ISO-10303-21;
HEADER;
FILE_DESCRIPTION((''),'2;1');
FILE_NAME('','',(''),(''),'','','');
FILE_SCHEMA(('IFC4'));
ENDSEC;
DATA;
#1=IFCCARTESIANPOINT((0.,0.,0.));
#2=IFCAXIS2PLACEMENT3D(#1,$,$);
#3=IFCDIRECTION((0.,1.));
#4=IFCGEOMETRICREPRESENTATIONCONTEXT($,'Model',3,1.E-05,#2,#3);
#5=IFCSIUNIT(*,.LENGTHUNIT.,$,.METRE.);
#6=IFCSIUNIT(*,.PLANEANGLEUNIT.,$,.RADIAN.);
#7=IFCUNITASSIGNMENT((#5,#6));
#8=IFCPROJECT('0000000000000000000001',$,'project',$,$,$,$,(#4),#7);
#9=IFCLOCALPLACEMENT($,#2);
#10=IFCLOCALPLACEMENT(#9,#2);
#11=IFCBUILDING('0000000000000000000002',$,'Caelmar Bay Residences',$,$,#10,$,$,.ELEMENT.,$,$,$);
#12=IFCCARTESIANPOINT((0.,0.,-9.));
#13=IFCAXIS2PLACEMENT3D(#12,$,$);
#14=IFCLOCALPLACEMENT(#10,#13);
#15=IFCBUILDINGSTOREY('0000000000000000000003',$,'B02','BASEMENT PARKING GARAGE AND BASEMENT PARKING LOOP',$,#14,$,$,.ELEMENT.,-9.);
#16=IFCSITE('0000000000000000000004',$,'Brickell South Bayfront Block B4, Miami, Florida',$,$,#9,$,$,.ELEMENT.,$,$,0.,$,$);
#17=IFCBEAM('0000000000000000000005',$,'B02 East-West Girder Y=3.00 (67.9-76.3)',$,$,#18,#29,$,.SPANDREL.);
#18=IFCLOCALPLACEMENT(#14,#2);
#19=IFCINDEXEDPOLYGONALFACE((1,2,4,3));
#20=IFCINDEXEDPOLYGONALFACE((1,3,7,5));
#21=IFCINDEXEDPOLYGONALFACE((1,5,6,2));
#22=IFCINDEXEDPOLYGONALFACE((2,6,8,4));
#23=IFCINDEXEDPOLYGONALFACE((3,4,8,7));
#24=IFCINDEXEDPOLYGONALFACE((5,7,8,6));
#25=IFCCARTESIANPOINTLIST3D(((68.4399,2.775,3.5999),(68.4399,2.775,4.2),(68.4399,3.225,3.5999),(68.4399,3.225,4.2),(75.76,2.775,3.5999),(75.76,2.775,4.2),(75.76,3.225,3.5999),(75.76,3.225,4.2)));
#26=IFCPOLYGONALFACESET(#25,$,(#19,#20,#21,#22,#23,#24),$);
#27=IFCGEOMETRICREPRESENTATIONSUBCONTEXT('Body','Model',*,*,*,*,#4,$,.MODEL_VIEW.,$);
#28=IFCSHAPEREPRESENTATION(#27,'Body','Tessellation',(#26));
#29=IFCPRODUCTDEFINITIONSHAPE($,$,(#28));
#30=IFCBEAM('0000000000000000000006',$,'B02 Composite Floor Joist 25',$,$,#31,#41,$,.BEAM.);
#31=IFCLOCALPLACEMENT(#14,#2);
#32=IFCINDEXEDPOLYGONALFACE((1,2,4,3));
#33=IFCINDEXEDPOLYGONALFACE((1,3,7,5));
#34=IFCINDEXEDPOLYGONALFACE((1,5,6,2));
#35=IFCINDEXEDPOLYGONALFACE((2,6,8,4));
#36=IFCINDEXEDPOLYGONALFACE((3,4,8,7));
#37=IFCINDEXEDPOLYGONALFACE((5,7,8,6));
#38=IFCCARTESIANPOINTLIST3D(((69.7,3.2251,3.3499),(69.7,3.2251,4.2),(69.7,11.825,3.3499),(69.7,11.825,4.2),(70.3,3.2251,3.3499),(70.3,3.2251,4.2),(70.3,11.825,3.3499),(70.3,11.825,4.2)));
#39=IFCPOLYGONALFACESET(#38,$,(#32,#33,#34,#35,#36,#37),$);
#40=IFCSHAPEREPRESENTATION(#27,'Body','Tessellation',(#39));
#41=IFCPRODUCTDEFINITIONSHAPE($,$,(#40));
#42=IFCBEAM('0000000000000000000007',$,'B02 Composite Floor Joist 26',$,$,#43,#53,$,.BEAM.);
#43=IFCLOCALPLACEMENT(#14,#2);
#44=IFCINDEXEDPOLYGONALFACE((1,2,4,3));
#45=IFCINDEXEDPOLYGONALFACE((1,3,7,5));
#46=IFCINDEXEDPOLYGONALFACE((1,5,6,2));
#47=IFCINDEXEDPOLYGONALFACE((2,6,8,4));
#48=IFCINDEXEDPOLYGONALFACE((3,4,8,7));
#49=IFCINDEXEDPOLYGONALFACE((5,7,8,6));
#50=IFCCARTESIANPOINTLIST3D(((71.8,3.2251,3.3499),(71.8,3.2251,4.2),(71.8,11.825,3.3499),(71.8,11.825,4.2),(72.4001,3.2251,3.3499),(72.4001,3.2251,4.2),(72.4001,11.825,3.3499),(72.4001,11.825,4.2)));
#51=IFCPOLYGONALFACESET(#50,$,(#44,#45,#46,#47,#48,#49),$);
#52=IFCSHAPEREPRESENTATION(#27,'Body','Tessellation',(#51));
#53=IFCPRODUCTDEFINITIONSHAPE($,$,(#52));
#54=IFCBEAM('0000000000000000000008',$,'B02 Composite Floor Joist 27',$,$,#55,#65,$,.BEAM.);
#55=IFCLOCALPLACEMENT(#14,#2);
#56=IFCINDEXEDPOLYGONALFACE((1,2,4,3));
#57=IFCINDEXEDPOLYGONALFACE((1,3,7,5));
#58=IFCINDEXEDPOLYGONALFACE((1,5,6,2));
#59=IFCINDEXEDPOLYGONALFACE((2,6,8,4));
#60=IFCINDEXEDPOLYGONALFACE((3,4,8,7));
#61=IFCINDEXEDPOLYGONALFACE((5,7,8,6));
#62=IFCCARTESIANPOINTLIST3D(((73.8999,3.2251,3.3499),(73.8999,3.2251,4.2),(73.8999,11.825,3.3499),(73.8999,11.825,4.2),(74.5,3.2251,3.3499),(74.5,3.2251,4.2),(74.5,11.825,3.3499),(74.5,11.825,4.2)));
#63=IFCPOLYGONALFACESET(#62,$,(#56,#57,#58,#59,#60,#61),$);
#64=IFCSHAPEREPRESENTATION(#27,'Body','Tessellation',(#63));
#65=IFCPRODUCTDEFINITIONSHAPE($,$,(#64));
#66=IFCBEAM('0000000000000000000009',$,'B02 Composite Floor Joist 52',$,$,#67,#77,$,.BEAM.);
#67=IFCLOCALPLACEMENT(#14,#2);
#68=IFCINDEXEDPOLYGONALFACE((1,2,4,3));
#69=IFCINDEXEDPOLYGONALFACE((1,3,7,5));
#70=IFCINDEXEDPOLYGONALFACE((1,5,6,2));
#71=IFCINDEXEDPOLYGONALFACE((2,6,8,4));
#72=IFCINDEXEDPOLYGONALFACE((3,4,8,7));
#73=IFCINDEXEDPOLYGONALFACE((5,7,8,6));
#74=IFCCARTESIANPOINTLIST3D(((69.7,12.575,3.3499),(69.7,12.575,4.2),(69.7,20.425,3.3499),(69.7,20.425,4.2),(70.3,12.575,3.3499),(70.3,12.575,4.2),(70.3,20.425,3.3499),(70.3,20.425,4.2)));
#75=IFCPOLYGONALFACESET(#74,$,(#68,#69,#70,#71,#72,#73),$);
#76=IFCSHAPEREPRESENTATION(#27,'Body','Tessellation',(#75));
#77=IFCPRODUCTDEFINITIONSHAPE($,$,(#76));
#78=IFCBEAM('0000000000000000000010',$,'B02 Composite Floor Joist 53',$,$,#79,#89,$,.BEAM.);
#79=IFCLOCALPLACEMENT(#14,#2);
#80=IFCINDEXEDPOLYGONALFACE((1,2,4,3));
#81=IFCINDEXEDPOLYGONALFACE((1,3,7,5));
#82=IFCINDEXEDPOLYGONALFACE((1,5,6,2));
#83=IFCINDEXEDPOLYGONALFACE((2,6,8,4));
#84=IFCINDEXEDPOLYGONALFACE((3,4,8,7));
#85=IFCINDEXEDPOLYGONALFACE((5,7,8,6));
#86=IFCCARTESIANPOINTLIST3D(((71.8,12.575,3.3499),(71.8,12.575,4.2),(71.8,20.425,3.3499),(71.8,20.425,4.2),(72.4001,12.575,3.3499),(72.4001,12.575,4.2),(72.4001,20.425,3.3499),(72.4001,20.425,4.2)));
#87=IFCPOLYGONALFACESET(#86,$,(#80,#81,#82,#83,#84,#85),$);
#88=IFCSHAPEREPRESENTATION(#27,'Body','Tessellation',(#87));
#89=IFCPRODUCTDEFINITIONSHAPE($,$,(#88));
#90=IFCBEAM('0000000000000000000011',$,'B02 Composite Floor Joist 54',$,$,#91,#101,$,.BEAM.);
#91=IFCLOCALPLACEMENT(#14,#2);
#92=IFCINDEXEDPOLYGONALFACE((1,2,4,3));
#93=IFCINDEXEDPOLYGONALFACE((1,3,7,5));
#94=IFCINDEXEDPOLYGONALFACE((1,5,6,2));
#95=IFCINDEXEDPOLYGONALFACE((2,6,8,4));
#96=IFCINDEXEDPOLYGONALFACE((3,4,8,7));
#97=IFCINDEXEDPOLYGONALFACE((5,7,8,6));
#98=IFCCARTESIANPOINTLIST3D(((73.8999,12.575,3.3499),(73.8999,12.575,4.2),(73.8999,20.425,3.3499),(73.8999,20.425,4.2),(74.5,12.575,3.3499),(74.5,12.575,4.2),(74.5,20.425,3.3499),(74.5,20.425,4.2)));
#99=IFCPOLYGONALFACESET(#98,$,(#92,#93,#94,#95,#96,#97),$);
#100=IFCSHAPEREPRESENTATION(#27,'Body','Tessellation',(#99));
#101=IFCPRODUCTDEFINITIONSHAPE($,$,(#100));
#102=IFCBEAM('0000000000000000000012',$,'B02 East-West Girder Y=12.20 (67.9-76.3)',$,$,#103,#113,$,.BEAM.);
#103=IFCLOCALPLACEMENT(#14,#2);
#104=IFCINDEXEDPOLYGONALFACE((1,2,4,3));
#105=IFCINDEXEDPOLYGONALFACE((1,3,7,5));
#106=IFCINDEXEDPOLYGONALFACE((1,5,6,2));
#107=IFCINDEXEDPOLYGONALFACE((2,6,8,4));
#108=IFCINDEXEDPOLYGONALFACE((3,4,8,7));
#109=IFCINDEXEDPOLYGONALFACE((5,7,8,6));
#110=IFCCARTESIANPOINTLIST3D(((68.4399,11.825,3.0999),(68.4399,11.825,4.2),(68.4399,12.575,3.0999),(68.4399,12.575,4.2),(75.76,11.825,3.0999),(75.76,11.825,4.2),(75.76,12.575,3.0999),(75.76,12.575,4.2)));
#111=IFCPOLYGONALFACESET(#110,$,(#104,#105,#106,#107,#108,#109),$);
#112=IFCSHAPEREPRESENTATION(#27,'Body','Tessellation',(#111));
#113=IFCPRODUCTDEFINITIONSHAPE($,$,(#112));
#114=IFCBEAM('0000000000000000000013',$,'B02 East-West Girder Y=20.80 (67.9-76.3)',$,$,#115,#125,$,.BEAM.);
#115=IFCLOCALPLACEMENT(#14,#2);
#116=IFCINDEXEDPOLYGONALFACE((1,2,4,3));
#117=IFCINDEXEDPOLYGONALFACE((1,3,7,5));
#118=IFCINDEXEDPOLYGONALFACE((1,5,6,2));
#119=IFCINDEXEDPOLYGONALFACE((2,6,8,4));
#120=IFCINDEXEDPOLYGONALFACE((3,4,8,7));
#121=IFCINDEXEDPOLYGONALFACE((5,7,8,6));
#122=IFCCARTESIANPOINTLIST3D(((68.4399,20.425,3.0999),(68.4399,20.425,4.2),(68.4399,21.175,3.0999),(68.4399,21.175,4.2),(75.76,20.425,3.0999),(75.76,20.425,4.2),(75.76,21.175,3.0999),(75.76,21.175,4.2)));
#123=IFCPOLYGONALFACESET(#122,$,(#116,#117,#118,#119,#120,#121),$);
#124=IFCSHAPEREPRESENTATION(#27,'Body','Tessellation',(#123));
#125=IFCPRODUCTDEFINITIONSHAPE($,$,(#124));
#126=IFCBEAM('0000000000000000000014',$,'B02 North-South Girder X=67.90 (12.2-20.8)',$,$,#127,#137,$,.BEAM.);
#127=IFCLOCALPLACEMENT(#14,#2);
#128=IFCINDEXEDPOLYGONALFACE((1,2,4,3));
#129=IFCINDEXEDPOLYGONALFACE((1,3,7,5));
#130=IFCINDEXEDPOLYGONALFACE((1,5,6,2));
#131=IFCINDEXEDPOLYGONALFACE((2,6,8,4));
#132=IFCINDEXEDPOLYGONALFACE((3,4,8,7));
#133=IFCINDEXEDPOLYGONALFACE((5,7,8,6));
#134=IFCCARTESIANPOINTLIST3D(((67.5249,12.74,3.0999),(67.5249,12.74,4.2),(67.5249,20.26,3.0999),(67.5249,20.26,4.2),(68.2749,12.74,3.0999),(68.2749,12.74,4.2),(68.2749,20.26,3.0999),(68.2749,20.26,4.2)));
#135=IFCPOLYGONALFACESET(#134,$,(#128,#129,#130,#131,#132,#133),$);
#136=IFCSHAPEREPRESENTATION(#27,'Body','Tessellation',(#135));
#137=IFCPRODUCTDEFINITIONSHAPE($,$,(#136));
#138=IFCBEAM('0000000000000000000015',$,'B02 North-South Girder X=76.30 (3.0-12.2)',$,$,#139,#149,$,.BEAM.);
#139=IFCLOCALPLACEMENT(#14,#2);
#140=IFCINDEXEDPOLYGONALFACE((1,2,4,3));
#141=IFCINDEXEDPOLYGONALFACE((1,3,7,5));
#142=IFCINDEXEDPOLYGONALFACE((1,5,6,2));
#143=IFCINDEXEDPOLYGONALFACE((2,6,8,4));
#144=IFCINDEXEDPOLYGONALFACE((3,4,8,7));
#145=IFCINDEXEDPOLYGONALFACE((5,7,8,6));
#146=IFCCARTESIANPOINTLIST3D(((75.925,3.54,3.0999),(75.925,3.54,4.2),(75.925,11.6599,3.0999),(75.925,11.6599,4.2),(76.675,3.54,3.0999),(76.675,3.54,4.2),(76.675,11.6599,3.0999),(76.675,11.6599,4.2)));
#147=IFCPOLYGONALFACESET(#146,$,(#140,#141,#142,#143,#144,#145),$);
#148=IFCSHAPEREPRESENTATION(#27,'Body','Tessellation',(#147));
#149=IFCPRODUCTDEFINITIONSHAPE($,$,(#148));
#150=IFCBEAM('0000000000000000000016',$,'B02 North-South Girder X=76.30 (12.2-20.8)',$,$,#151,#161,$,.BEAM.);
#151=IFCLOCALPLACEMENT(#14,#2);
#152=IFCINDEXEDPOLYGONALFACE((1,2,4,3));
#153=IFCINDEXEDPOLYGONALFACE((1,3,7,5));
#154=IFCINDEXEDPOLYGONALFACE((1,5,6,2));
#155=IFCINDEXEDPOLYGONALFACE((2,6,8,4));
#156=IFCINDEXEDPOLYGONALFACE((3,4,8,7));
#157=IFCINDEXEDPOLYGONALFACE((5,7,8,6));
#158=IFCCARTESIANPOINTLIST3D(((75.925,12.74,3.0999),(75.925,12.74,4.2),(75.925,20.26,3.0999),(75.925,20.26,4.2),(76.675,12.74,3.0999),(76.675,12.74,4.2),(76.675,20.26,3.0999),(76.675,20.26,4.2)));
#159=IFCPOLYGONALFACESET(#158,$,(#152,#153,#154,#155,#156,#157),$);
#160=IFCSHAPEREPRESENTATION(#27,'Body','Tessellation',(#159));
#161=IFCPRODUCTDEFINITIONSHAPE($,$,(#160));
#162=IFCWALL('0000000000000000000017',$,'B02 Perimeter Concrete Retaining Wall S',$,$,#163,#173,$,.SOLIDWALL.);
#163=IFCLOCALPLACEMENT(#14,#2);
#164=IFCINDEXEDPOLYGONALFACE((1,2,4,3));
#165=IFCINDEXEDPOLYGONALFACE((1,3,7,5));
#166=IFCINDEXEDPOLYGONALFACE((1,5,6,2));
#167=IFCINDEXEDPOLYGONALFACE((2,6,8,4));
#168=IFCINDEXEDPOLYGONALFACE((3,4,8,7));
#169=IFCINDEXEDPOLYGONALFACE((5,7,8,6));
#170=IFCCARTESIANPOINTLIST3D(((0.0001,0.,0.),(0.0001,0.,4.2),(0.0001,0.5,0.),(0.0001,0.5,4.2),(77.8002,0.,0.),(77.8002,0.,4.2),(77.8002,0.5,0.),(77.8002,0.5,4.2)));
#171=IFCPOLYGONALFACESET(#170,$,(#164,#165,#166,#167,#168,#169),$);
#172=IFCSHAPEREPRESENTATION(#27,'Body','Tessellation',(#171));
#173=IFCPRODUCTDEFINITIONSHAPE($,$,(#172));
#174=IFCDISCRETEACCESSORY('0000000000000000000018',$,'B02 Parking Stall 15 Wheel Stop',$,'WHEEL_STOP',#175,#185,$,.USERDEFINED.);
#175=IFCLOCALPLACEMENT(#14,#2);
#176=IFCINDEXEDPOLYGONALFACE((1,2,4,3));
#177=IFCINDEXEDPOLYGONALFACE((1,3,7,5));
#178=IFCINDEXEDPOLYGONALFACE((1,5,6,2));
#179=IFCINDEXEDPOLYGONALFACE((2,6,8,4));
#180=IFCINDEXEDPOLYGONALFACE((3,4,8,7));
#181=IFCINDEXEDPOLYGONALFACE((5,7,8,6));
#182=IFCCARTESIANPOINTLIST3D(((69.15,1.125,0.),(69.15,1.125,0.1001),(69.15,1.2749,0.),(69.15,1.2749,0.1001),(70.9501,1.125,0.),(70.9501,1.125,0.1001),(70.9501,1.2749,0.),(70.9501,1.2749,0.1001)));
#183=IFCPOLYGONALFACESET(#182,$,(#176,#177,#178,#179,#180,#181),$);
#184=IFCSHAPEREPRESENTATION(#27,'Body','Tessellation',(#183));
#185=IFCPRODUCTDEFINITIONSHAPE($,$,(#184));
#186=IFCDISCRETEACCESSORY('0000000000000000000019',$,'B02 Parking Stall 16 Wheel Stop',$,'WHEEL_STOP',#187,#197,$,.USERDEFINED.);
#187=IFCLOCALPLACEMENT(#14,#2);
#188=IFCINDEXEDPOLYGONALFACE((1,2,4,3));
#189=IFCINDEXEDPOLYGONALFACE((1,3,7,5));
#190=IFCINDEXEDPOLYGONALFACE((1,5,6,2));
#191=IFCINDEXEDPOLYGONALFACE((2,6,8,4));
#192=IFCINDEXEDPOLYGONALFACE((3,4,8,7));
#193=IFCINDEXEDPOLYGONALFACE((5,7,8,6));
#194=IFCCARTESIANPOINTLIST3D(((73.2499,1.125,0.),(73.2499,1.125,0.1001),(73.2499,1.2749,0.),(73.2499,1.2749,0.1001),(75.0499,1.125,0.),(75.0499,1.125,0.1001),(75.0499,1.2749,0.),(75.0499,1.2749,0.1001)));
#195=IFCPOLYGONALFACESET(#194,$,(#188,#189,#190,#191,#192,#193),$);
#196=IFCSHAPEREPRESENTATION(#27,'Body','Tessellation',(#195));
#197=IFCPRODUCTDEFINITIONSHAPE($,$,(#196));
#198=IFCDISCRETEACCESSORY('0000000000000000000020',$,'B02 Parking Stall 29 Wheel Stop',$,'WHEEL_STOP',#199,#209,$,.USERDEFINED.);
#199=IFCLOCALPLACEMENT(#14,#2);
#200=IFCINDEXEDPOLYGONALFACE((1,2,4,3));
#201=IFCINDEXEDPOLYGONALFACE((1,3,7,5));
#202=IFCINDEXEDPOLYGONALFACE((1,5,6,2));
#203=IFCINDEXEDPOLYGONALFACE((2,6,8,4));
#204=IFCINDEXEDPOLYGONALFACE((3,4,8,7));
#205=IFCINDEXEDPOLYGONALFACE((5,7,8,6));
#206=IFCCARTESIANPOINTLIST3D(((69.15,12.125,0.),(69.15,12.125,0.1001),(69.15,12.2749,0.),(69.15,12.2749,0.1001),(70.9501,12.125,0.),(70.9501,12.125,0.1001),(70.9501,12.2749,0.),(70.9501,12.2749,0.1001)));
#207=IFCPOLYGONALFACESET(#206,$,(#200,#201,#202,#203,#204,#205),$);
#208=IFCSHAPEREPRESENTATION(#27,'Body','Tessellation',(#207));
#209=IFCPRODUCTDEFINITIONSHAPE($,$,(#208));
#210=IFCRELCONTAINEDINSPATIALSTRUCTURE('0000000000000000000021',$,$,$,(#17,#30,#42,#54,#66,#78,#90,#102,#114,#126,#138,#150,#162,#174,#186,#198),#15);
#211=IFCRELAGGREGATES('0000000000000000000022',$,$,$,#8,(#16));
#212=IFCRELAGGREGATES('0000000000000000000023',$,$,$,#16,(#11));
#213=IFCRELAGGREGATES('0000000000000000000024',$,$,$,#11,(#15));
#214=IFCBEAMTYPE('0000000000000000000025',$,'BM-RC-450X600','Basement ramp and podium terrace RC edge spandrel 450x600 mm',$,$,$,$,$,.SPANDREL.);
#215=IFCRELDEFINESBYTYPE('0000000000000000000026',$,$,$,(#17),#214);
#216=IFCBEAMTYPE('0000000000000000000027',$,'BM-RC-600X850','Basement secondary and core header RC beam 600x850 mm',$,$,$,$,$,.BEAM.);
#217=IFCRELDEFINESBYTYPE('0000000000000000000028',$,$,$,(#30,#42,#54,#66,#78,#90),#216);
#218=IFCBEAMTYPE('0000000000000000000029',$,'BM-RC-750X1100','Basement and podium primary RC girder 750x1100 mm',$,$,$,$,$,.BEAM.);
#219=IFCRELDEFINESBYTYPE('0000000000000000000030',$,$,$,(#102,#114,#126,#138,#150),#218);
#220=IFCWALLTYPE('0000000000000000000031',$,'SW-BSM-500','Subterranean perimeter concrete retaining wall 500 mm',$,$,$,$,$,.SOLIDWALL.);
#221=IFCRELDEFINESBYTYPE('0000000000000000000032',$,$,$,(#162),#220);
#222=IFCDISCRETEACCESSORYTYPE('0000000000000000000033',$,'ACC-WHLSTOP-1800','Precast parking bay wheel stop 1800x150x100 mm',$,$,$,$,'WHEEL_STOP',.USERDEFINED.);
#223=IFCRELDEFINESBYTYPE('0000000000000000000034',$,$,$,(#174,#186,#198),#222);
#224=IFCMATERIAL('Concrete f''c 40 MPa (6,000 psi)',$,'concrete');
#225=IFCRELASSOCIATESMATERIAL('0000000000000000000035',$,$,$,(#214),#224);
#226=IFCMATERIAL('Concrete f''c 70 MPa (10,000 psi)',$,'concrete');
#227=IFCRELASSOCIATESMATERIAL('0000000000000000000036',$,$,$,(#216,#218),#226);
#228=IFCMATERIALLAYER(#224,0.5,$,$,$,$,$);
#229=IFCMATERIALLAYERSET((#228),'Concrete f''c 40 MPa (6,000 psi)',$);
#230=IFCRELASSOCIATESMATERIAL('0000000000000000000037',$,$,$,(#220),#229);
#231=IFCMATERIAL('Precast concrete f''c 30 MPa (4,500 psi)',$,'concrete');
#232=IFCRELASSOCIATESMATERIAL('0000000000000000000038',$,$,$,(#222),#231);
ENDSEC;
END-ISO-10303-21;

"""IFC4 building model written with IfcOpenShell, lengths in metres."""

from ifc_helpers import new_model, si_unit, direction, frame, frame_2d, origin, origin_2d, place, context, subcontext, project, spatial, rectangle, extrude, material, layer, layer_set, material_profile, profile_set, type_object, element, save


model = new_model("IFC4")

# Units and contexts
model_context = context("Model", 3, precision=1e-05, world=origin(), true_north=direction((0.0, 1.0)))
body_context = subcontext(model_context, "Body", "Model", "MODEL_VIEW")
ifc_project = project(units=[si_unit("LENGTHUNIT", "METRE"), si_unit("PLANEANGLEUNIT", "RADIAN")], contexts=[model_context])

# Site, building, storey
site_placement = place(None, origin())
site = spatial("IfcSite", under=ifc_project, at=site_placement, Name="Brickell South Bayfront Block B4, Miami, Florida", CompositionType="ELEMENT", RefElevation=0.0)
building_placement = place(site_placement, origin())
building = spatial("IfcBuilding", under=site, at=building_placement, Name="Caelmar Bay Residences", CompositionType="ELEMENT")
storey_placement = place(building_placement, frame((0.0, 0.0, -9.0)))
storey = spatial("IfcBuildingStorey", under=building, at=storey_placement, Name="B02", Description="BASEMENT PARKING GARAGE AND BASEMENT PARKING LOOP", CompositionType="ELEMENT", Elevation=-9.0)

# Shared definitions
ifc_material_1 = material(Name="Concrete f'c 70 MPa (10,000 psi)", Category="concrete")

# Beams
ifc_material_2 = material(Name="Concrete f'c 40 MPa (6,000 psi)", Category="concrete")
ifc_material_profile_1 = material_profile(ifc_material_2, rectangle(XDim=0.45, YDim=0.6001, at=origin_2d()), Name="RC-BM-450X600")
ifc_profile_set_1 = profile_set([ifc_material_profile_1], Name="Concrete f'c 40 MPa (6,000 psi)")
beam_type_1 = type_object("IfcBeamType", Name="BM-RC-450X600", Description="Basement ramp and podium terrace RC edge spandrel 450x600 mm", PredefinedType="SPANDREL", material=ifc_profile_set_1)
beam_1_placement = place(storey_placement, frame((68.4399, 3.0, 3.8999), z_axis=(1.0, 0.0, 0.0), x_axis=(0.0, 1.0, 0.0)))
element("IfcBeam", 1, at=beam_1_placement, inside=storey, type_object=beam_type_1, Name="B02 East-West Girder Y=3.00 (67.9-76.3)", PredefinedType="SPANDREL", context=body_context, shape_type="SweptSolid", body=[
    extrude(rectangle(XDim=0.45, YDim=0.6001, at=origin_2d()), origin(), (0.0, 0.0, 1.0), 7.3201),
])
ifc_material_profile_2 = material_profile(ifc_material_1, rectangle(XDim=0.6001, YDim=0.8501, at=origin_2d()), Name="RC-BM-600X850")
ifc_profile_set_2 = profile_set([ifc_material_profile_2], Name="Concrete f'c 70 MPa (10,000 psi)")
beam_type_2 = type_object("IfcBeamType", Name="BM-RC-600X850", Description="Basement secondary and core header RC beam 600x850 mm", PredefinedType="BEAM", material=ifc_profile_set_2)
for number, where, z_axis, x_axis, name in (
    (2, (70.0, 3.2251, 3.7749), (0.0, 1.0, 0.0), (-1.0, 0.0, 0.0), "B02 Composite Floor Joist 25"),
    (3, (72.1001, 3.2251, 3.7749), (0.0, 1.0, 0.0), (-1.0, 0.0, 0.0), "B02 Composite Floor Joist 26"),
    (4, (74.2, 3.2251, 3.7749), (0.0, 1.0, 0.0), (-1.0, 0.0, 0.0), "B02 Composite Floor Joist 27"),
):
    element("IfcBeam", number, at=place(storey_placement, frame(where, z_axis=z_axis, x_axis=x_axis)), inside=storey, type_object=beam_type_2, Name=name, PredefinedType="BEAM", context=body_context, shape_type="SweptSolid", body=[
        extrude(rectangle(XDim=0.6001, YDim=0.8501, at=origin_2d()), origin(), (0.0, 0.0, 1.0), 8.5999),
    ])
for number, where, z_axis, x_axis, name in (
    (5, (70.0, 12.575, 3.7749), (0.0, 1.0, 0.0), (-1.0, 0.0, 0.0), "B02 Composite Floor Joist 52"),
    (6, (72.1001, 12.575, 3.7749), (0.0, 1.0, 0.0), (-1.0, 0.0, 0.0), "B02 Composite Floor Joist 53"),
    (7, (74.2, 12.575, 3.7749), (0.0, 1.0, 0.0), (-1.0, 0.0, 0.0), "B02 Composite Floor Joist 54"),
):
    element("IfcBeam", number, at=place(storey_placement, frame(where, z_axis=z_axis, x_axis=x_axis)), inside=storey, type_object=beam_type_2, Name=name, PredefinedType="BEAM", context=body_context, shape_type="SweptSolid", body=[
        extrude(rectangle(XDim=0.6001, YDim=0.8501, at=origin_2d()), origin(), (0.0, 0.0, 1.0), 7.8501),
    ])
ifc_material_profile_3 = material_profile(ifc_material_1, rectangle(XDim=0.75, YDim=1.1001, at=origin_2d()), Name="RC-BM-750X1100")
ifc_profile_set_3 = profile_set([ifc_material_profile_3], Name="Concrete f'c 70 MPa (10,000 psi)")
beam_type_3 = type_object("IfcBeamType", Name="BM-RC-750X1100", Description="Basement and podium primary RC girder 750x1100 mm", PredefinedType="BEAM", material=ifc_profile_set_3)
for number, where, z_axis, x_axis, name in (
    (8, (68.4399, 12.2, 3.6499), (1.0, 0.0, 0.0), (0.0, 1.0, 0.0), "B02 East-West Girder Y=12.20 (67.9-76.3)"),
    (9, (68.4399, 20.8, 3.6499), (1.0, 0.0, 0.0), (0.0, 1.0, 0.0), "B02 East-West Girder Y=20.80 (67.9-76.3)"),
):
    element("IfcBeam", number, at=place(storey_placement, frame(where, z_axis=z_axis, x_axis=x_axis)), inside=storey, type_object=beam_type_3, Name=name, PredefinedType="BEAM", context=body_context, shape_type="SweptSolid", body=[
        extrude(rectangle(XDim=0.75, YDim=1.1001, at=origin_2d()), origin(), (0.0, 0.0, 1.0), 7.3201),
    ])
beam_2_placement = place(storey_placement, frame((67.8999, 12.74, 3.6499), z_axis=(0.0, 1.0, 0.0), x_axis=(-1.0, 0.0, 0.0)))
element("IfcBeam", 10, at=beam_2_placement, inside=storey, type_object=beam_type_3, Name="B02 North-South Girder X=67.90 (12.2-20.8)", PredefinedType="BEAM", context=body_context, shape_type="SweptSolid", body=[
    extrude(rectangle(XDim=0.75, YDim=1.1001, at=origin_2d()), origin(), (0.0, 0.0, 1.0), 7.52),
])
beam_3_placement = place(storey_placement, frame((76.3, 3.54, 3.6499), z_axis=(0.0, 1.0, 0.0), x_axis=(-1.0, 0.0, 0.0)))
element("IfcBeam", 11, at=beam_3_placement, inside=storey, type_object=beam_type_3, Name="B02 North-South Girder X=76.30 (3.0-12.2)", PredefinedType="BEAM", context=body_context, shape_type="SweptSolid", body=[
    extrude(rectangle(XDim=0.75, YDim=1.1001, at=origin_2d()), origin(), (0.0, 0.0, 1.0), 8.1199),
])
beam_4_placement = place(storey_placement, frame((76.3, 12.74, 3.6499), z_axis=(0.0, 1.0, 0.0), x_axis=(-1.0, 0.0, 0.0)))
element("IfcBeam", 12, at=beam_4_placement, inside=storey, type_object=beam_type_3, Name="B02 North-South Girder X=76.30 (12.2-20.8)", PredefinedType="BEAM", context=body_context, shape_type="SweptSolid", body=[
    extrude(rectangle(XDim=0.75, YDim=1.1001, at=origin_2d()), origin(), (0.0, 0.0, 1.0), 7.52),
])

# Wall
ifc_layer = layer(ifc_material_2, 0.5)
ifc_layer_set = layer_set([ifc_layer], Name="Concrete f'c 40 MPa (6,000 psi)")
wall_type = type_object("IfcWallType", Name="SW-BSM-500", Description="Subterranean perimeter concrete retaining wall 500 mm", PredefinedType="SOLIDWALL", material=ifc_layer_set)
wall_placement = place(storey_placement, frame((77.8, 0.25, 0.0), z_axis=(0.0, 0.0, 1.0), x_axis=(-1.0, 0.0, 0.0)))
element("IfcWall", 13, at=wall_placement, inside=storey, type_object=wall_type, Name="B02 Perimeter Concrete Retaining Wall S", PredefinedType="SOLIDWALL", context=body_context, shape_type="SweptSolid", body=[
    extrude(rectangle(XDim=77.8, YDim=0.5, at=frame_2d((38.8999, 0.0))), origin(), (0.0, 0.0, 1.0), 4.2),
])

# Discrete accessories
ifc_material_3 = material(Name="Precast concrete f'c 30 MPa (4,500 psi)", Category="concrete")
discrete_accessory_type = type_object("IfcDiscreteAccessoryType", Name="ACC-WHLSTOP-1800", Description="Precast parking bay wheel stop 1800x150x100 mm", ElementType="WHEEL_STOP", PredefinedType="USERDEFINED", material=ifc_material_3)
for number, where, z_axis, x_axis, name in (
    (14, (70.05, 1.2, 0.0), (0.0, 0.0, 1.0), (1.0, 0.0, 0.0), "B02 Parking Stall 15 Wheel Stop"),
    (15, (74.1499, 1.2, 0.0), (0.0, 0.0, 1.0), (1.0, 0.0, 0.0), "B02 Parking Stall 16 Wheel Stop"),
    (16, (70.05, 12.2, 0.0), (0.0, 0.0, 1.0), (1.0, 0.0, 0.0), "B02 Parking Stall 29 Wheel Stop"),
):
    element("IfcDiscreteAccessory", number, at=place(storey_placement, frame(where, z_axis=z_axis, x_axis=x_axis)), inside=storey, type_object=discrete_accessory_type, Name=name, ObjectType="WHEEL_STOP", PredefinedType="USERDEFINED", context=body_context, shape_type="SweptSolid", body=[
        extrude(rectangle(XDim=1.8, YDim=0.1499, at=origin_2d()), origin(), (0.0, 0.0, 1.0), 0.1001),
    ])

save(model, "model.ifc")
